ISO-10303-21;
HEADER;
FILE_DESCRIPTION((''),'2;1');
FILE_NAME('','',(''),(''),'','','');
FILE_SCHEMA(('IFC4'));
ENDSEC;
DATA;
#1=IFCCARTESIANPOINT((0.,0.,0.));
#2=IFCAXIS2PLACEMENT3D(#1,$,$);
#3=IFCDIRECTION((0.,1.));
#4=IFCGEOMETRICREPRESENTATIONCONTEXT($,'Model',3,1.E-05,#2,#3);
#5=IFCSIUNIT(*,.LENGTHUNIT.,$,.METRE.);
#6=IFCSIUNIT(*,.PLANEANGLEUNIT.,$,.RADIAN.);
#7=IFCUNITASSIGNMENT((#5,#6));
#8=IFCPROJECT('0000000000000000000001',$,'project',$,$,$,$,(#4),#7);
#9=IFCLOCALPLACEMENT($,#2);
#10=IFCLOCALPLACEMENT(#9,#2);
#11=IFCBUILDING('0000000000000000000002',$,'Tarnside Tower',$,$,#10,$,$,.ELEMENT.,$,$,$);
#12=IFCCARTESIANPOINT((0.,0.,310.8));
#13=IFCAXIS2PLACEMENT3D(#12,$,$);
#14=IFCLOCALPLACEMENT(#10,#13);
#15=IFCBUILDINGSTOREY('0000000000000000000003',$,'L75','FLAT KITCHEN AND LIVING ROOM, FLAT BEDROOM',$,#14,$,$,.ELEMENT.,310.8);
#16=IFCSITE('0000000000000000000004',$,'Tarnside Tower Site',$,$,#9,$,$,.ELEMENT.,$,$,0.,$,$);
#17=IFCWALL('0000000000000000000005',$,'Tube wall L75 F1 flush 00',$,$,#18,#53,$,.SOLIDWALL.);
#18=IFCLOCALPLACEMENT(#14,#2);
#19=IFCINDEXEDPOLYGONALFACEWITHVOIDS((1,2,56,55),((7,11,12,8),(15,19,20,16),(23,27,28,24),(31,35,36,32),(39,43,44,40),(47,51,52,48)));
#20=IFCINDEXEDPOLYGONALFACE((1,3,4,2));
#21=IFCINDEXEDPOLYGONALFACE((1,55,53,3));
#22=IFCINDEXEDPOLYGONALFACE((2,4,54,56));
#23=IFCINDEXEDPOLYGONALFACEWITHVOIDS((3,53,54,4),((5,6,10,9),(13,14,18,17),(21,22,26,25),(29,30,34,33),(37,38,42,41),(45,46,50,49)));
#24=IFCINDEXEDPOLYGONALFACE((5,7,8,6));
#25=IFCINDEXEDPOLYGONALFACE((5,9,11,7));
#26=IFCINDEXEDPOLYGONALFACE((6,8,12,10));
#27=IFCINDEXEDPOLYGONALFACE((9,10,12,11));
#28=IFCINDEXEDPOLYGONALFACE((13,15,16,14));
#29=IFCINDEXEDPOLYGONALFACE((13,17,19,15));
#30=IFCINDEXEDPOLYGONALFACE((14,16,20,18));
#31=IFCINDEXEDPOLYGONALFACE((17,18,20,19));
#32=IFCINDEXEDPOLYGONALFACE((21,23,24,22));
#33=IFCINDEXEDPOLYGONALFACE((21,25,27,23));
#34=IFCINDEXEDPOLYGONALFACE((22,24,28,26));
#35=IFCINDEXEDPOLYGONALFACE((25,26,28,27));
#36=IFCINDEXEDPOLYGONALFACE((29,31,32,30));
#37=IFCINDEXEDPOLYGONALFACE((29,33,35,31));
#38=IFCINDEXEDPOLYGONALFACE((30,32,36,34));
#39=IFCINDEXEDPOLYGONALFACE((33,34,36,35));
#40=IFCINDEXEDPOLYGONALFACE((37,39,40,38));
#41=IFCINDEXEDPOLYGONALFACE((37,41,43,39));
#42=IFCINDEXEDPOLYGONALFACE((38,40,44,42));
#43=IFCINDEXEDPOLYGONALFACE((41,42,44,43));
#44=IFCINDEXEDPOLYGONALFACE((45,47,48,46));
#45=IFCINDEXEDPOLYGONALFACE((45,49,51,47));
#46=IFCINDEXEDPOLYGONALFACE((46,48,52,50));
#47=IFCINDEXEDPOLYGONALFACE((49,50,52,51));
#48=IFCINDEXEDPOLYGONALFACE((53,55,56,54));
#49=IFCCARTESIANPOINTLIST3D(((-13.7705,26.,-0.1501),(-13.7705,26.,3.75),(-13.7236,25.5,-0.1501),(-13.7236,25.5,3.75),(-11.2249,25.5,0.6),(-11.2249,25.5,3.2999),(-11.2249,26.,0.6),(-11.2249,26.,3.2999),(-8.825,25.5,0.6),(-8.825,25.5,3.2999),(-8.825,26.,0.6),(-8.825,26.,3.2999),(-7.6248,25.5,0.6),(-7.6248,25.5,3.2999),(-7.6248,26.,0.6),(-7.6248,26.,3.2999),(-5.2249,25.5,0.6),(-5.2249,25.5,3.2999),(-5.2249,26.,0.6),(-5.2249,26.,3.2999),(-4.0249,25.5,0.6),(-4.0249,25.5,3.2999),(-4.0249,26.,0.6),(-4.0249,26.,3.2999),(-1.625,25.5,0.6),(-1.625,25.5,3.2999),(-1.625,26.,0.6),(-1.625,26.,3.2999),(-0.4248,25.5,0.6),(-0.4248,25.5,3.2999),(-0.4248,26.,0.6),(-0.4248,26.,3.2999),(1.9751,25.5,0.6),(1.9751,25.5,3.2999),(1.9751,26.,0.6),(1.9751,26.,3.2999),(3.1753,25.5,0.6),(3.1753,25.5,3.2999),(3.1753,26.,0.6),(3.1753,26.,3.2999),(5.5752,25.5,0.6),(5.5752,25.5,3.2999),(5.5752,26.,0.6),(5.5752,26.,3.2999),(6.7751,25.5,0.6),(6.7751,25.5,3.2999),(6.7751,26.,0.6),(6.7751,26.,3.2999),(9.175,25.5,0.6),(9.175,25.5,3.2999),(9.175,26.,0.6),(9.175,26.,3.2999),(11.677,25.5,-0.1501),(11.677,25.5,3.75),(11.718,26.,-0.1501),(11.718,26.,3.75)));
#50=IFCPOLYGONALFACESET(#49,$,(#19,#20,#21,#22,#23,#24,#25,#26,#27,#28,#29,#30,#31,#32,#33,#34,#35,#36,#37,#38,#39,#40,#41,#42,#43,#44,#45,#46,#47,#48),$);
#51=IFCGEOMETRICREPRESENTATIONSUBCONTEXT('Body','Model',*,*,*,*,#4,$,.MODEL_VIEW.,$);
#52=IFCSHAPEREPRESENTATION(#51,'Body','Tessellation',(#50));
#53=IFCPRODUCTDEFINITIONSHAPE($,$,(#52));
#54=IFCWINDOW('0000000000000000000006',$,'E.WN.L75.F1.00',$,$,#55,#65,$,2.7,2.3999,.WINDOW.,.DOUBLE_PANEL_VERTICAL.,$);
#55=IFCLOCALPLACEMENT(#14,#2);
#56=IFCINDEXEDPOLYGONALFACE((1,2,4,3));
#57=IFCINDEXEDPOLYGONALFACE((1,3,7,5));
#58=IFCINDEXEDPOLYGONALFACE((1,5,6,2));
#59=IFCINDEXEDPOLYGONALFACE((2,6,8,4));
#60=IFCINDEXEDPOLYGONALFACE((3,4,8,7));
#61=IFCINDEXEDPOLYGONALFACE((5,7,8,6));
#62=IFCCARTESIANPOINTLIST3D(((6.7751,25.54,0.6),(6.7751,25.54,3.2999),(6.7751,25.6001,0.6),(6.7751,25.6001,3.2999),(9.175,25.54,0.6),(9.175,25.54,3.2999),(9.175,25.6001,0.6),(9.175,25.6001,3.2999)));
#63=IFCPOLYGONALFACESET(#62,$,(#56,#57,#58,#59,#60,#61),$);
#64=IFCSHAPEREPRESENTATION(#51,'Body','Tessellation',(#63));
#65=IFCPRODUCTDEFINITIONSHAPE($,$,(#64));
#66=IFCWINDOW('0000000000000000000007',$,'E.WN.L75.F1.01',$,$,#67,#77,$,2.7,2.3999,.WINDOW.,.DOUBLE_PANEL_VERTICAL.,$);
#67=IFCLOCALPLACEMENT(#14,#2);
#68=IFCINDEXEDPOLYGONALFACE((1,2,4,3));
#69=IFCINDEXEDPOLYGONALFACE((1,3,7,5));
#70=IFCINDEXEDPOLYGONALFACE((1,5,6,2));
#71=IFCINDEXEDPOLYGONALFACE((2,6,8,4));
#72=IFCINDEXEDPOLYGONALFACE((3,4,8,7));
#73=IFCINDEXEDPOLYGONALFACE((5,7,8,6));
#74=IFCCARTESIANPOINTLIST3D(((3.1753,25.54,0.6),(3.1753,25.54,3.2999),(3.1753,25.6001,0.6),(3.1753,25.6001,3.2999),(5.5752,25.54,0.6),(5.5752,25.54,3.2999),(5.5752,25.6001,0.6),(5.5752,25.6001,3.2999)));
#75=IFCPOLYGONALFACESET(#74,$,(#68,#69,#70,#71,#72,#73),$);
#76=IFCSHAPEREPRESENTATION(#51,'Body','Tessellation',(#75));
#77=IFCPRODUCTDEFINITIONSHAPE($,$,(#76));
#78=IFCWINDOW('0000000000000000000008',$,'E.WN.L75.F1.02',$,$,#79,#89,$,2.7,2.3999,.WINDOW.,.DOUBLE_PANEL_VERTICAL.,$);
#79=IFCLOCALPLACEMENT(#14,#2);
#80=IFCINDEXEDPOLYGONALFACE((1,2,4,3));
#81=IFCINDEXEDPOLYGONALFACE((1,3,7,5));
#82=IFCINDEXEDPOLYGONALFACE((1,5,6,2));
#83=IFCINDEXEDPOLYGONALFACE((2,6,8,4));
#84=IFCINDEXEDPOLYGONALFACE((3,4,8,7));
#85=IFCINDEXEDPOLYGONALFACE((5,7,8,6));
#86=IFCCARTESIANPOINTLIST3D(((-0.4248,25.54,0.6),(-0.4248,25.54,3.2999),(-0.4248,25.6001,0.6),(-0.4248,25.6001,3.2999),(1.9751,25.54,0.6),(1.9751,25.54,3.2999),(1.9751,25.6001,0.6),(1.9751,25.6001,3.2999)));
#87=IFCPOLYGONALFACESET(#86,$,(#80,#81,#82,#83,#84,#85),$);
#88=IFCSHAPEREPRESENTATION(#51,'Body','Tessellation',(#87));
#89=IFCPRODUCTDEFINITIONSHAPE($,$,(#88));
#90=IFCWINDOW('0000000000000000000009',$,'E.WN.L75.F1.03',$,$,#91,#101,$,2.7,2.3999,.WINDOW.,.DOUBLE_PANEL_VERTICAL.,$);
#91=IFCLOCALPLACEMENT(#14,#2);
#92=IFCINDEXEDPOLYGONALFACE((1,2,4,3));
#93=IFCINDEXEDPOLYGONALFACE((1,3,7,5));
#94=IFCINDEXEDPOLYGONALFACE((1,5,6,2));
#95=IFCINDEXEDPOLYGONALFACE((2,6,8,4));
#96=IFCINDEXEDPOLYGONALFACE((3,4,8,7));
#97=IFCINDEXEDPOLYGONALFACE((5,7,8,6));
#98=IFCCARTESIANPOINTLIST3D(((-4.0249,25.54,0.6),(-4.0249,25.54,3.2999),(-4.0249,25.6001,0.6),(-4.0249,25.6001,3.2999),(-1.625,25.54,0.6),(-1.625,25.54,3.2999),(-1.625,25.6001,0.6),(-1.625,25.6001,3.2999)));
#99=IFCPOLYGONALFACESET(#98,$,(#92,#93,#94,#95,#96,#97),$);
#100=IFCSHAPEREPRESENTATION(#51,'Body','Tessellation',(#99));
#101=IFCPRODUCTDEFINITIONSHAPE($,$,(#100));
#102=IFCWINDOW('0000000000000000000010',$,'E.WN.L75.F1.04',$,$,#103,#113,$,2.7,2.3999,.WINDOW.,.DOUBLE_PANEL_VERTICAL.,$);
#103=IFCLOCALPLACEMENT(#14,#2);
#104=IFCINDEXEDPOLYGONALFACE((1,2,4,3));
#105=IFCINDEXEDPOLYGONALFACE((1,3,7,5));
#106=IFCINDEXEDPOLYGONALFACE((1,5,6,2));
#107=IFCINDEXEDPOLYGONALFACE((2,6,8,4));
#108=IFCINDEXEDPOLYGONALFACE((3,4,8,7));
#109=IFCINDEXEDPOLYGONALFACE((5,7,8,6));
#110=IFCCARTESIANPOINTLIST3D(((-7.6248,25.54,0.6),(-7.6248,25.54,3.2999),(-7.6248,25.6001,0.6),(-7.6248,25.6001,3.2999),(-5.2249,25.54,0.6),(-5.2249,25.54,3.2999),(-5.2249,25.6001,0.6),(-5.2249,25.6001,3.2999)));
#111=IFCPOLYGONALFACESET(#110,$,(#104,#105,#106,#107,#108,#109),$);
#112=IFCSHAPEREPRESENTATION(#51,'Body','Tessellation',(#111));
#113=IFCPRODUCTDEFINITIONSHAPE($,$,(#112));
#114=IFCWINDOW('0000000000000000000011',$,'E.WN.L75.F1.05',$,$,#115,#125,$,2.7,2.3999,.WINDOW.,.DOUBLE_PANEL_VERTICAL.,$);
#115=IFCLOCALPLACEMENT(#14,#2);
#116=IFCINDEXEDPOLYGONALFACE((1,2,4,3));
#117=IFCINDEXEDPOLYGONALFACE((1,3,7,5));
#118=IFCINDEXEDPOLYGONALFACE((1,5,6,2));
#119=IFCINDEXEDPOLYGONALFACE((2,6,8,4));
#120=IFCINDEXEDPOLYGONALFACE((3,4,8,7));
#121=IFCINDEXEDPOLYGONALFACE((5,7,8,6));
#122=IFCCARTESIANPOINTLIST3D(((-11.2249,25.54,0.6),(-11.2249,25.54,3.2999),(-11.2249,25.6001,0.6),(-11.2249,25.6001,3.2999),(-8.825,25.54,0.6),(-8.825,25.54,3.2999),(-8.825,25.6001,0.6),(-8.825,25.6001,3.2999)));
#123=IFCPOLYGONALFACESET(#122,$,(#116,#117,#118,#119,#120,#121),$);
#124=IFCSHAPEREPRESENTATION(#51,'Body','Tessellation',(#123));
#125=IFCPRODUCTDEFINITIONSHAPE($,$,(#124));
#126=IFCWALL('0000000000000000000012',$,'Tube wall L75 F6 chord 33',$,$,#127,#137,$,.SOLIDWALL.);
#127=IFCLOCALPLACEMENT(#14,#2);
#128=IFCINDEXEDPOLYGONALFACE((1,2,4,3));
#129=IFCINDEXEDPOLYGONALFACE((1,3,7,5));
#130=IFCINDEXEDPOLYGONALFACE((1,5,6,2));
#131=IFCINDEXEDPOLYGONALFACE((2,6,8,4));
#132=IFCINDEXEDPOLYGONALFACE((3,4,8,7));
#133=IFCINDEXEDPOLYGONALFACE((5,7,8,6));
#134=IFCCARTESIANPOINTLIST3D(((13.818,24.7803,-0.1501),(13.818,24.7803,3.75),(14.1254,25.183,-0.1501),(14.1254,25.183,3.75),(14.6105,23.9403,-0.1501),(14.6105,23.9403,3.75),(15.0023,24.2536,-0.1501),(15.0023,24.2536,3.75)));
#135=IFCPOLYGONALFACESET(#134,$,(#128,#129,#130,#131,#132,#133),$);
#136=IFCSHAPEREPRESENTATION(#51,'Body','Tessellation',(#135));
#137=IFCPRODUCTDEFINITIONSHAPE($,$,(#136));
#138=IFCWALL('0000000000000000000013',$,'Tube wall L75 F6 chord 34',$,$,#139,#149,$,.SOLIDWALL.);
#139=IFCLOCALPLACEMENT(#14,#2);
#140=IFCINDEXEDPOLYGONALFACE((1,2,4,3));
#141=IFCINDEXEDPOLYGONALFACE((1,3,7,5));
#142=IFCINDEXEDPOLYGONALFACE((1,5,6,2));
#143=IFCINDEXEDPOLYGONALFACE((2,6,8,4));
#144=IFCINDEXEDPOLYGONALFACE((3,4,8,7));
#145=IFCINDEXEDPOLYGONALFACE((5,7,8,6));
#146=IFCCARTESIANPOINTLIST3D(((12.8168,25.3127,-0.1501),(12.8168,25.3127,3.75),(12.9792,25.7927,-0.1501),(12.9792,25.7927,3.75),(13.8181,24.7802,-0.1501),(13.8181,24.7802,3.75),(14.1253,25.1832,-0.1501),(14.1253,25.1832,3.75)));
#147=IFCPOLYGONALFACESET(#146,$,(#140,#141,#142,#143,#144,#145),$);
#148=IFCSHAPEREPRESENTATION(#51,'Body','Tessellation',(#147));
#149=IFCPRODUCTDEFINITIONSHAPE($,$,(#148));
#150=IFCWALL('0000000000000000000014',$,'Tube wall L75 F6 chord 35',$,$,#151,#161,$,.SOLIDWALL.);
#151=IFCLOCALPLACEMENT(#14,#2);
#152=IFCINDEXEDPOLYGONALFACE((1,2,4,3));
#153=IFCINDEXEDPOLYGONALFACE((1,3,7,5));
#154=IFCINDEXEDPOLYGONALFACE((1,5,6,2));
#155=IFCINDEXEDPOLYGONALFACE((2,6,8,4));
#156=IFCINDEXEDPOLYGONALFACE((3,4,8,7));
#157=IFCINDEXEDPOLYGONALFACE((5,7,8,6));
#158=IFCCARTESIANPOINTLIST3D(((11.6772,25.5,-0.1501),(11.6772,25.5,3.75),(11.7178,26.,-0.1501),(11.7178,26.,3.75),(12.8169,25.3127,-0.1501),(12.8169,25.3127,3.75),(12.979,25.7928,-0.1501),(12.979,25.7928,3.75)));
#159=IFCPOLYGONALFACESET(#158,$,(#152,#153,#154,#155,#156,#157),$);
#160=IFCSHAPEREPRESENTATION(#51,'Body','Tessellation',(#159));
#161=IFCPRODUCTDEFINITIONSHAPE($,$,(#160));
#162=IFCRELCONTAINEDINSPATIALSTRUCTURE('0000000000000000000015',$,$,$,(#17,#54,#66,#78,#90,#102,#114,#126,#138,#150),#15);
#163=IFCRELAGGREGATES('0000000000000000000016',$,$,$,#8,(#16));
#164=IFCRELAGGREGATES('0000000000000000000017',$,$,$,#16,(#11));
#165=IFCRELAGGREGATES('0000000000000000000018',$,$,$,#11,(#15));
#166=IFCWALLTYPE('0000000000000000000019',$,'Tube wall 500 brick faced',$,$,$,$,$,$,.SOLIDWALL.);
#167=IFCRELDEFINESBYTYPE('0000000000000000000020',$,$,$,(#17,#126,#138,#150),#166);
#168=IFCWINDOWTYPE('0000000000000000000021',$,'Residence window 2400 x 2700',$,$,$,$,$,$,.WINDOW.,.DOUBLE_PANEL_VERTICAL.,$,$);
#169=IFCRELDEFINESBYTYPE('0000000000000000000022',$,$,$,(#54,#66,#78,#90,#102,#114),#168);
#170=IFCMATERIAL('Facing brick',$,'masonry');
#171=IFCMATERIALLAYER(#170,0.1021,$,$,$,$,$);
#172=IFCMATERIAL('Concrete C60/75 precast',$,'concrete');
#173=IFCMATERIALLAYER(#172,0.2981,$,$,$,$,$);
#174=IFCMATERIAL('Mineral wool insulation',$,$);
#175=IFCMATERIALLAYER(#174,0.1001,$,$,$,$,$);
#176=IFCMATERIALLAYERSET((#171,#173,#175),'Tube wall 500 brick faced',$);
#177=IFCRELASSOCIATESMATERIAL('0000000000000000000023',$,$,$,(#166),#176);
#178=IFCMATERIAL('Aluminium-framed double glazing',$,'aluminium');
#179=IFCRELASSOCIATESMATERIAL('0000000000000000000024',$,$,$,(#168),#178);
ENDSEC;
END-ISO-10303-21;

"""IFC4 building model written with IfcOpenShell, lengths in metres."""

from ifc_helpers import new_model, si_unit, direction, frame, frame_2d, origin, place, context, subcontext, project, spatial, polyline, rectangle, outline, extrude, material, layer, layer_set, type_object, element, fill, save


model = new_model("IFC4")

# Units and contexts
model_context = context("Model", 3, precision=1e-05, world=origin(), true_north=direction((0.0, 1.0)))
body_context = subcontext(model_context, "Body", "Model", "MODEL_VIEW")
ifc_project = project(units=[si_unit("LENGTHUNIT", "METRE"), si_unit("PLANEANGLEUNIT", "RADIAN")], contexts=[model_context])

# Site, building, storey
site_placement = place(None, origin())
site = spatial("IfcSite", under=ifc_project, at=site_placement, Name="Tarnside Tower Site", CompositionType="ELEMENT", RefElevation=0.0)
building_placement = place(site_placement, origin())
building = spatial("IfcBuilding", under=site, at=building_placement, Name="Tarnside Tower", CompositionType="ELEMENT")
storey_placement = place(building_placement, frame((0.0, 0.0, 310.8)))
storey = spatial("IfcBuildingStorey", under=building, at=storey_placement, Name="L75", Description="FLAT KITCHEN AND LIVING ROOM, FLAT BEDROOM", CompositionType="ELEMENT", Elevation=310.8)

# Shared definitions
ifc_material_1 = material(Name="Concrete C60/75 precast", Category="concrete")
ifc_material_2 = material(Name="Mineral wool insulation")

# Wall, openings, windows
ifc_material_3 = material(Name="Facing brick", Category="masonry")
ifc_layer_1 = layer(ifc_material_3, 0.1021)
ifc_layer_2 = layer(ifc_material_1, 0.2981)
ifc_layer_3 = layer(ifc_material_2, 0.1001)
ifc_layer_set_1 = layer_set([ifc_layer_1, ifc_layer_2, ifc_layer_3], Name="Tube wall 500 brick faced")
wall_type_1 = type_object("IfcWallType", Name="Tube wall 500 brick faced", PredefinedType="SOLIDWALL", material=ifc_layer_set_1)
wall_1_placement = place(storey_placement, frame((11.6975, 25.75, -0.1501), z_axis=(0.0, 0.0, 1.0), x_axis=(-1.0, 0.0, 0.0)))
wall_1 = element("IfcWall", 1, at=wall_1_placement, inside=storey, type_object=wall_type_1, Name="Tube wall L75 F1 flush 00", PredefinedType="SOLIDWALL", context=body_context, shape_type="SweptSolid", body=[
    extrude(outline(polyline([(-0.0205, -0.25), (25.468, -0.25), (25.4211, 0.25), (0.0205, 0.25), (-0.0205, -0.25)])), origin(), (0.0, 0.0, 1.0), 3.9001),
])
opening_1_placement = place(wall_1_placement, frame((2.5225, 0.0, 0.75)))
opening_1 = element("IfcOpeningElement", 2, at=opening_1_placement, cuts=wall_1, PredefinedType="OPENING", context=body_context, shape_type="SweptSolid", body=[
    extrude(rectangle(XDim=2.3999, YDim=2.7, at=frame_2d((1.2, 1.3501))), frame((0.0, 0.26, 0.0), z_axis=(0.0, -1.0, 0.0), x_axis=(1.0, 0.0, 0.0)), (0.0, 0.0, 1.0), 0.52),
])
opening_2_placement = place(wall_1_placement, frame((6.1223, 0.0, 0.75)))
opening_2 = element("IfcOpeningElement", 3, at=opening_2_placement, cuts=wall_1, PredefinedType="OPENING", context=body_context, shape_type="SweptSolid", body=[
    extrude(rectangle(XDim=2.3999, YDim=2.7, at=frame_2d((1.2, 1.3501))), frame((0.0, 0.26, 0.0), z_axis=(0.0, -1.0, 0.0), x_axis=(1.0, 0.0, 0.0)), (0.0, 0.0, 1.0), 0.52),
])
opening_3_placement = place(wall_1_placement, frame((9.7224, 0.0, 0.75)))
opening_3 = element("IfcOpeningElement", 4, at=opening_3_placement, cuts=wall_1, PredefinedType="OPENING", context=body_context, shape_type="SweptSolid", body=[
    extrude(rectangle(XDim=2.3999, YDim=2.7, at=frame_2d((1.2, 1.3501))), frame((0.0, 0.26, 0.0), z_axis=(0.0, -1.0, 0.0), x_axis=(1.0, 0.0, 0.0)), (0.0, 0.0, 1.0), 0.52),
])
opening_4_placement = place(wall_1_placement, frame((13.3225, 0.0, 0.75)))
opening_4 = element("IfcOpeningElement", 5, at=opening_4_placement, cuts=wall_1, PredefinedType="OPENING", context=body_context, shape_type="SweptSolid", body=[
    extrude(rectangle(XDim=2.3999, YDim=2.7, at=frame_2d((1.2, 1.3501))), frame((0.0, 0.26, 0.0), z_axis=(0.0, -1.0, 0.0), x_axis=(1.0, 0.0, 0.0)), (0.0, 0.0, 1.0), 0.52),
])
opening_5_placement = place(wall_1_placement, frame((16.9224, 0.0, 0.75)))
opening_5 = element("IfcOpeningElement", 6, at=opening_5_placement, cuts=wall_1, PredefinedType="OPENING", context=body_context, shape_type="SweptSolid", body=[
    extrude(rectangle(XDim=2.3999, YDim=2.7, at=frame_2d((1.2, 1.3501))), frame((0.0, 0.26, 0.0), z_axis=(0.0, -1.0, 0.0), x_axis=(1.0, 0.0, 0.0)), (0.0, 0.0, 1.0), 0.52),
])
opening_6_placement = place(wall_1_placement, frame((20.5225, 0.0, 0.75)))
opening_6 = element("IfcOpeningElement", 7, at=opening_6_placement, cuts=wall_1, PredefinedType="OPENING", context=body_context, shape_type="SweptSolid", body=[
    extrude(rectangle(XDim=2.3999, YDim=2.7, at=frame_2d((1.2, 1.3501))), frame((0.0, 0.26, 0.0), z_axis=(0.0, -1.0, 0.0), x_axis=(1.0, 0.0, 0.0)), (0.0, 0.0, 1.0), 0.52),
])
ifc_material_4 = material(Name="Aluminium-framed double glazing", Category="aluminium")
window_type = type_object("IfcWindowType", Name="Residence window 2400 x 2700", PartitioningType="DOUBLE_PANEL_VERTICAL", PredefinedType="WINDOW", material=ifc_material_4)
window_1_placement = place(opening_1_placement, frame((0.0, 0.1799, 0.0)))
window_1 = element("IfcWindow", 8, at=window_1_placement, inside=storey, type_object=window_type, Name="E.WN.L75.F1.00", OverallHeight=2.7, OverallWidth=2.3999, PartitioningType="DOUBLE_PANEL_VERTICAL", PredefinedType="WINDOW", context=body_context, shape_type="SweptSolid", body=[
    extrude(rectangle(XDim=2.3999, YDim=2.7, at=frame_2d((1.2, 1.3501))), frame((0.0, 0.03, 0.0), z_axis=(0.0, -1.0, 0.0), x_axis=(1.0, 0.0, 0.0)), (0.0, 0.0, 1.0), 0.0601),
])
fill(opening_1, window_1)
window_2_placement = place(opening_2_placement, frame((0.0, 0.1799, 0.0)))
window_2 = element("IfcWindow", 9, at=window_2_placement, inside=storey, type_object=window_type, Name="E.WN.L75.F1.01", OverallHeight=2.7, OverallWidth=2.3999, PartitioningType="DOUBLE_PANEL_VERTICAL", PredefinedType="WINDOW", context=body_context, shape_type="SweptSolid", body=[
    extrude(rectangle(XDim=2.3999, YDim=2.7, at=frame_2d((1.2, 1.3501))), frame((0.0, 0.03, 0.0), z_axis=(0.0, -1.0, 0.0), x_axis=(1.0, 0.0, 0.0)), (0.0, 0.0, 1.0), 0.0601),
])
fill(opening_2, window_2)
window_3_placement = place(opening_3_placement, frame((0.0, 0.1799, 0.0)))
window_3 = element("IfcWindow", 10, at=window_3_placement, inside=storey, type_object=window_type, Name="E.WN.L75.F1.02", OverallHeight=2.7, OverallWidth=2.3999, PartitioningType="DOUBLE_PANEL_VERTICAL", PredefinedType="WINDOW", context=body_context, shape_type="SweptSolid", body=[
    extrude(rectangle(XDim=2.3999, YDim=2.7, at=frame_2d((1.2, 1.3501))), frame((0.0, 0.03, 0.0), z_axis=(0.0, -1.0, 0.0), x_axis=(1.0, 0.0, 0.0)), (0.0, 0.0, 1.0), 0.0601),
])
fill(opening_3, window_3)
window_4_placement = place(opening_4_placement, frame((0.0, 0.1799, 0.0)))
window_4 = element("IfcWindow", 11, at=window_4_placement, inside=storey, type_object=window_type, Name="E.WN.L75.F1.03", OverallHeight=2.7, OverallWidth=2.3999, PartitioningType="DOUBLE_PANEL_VERTICAL", PredefinedType="WINDOW", context=body_context, shape_type="SweptSolid", body=[
    extrude(rectangle(XDim=2.3999, YDim=2.7, at=frame_2d((1.2, 1.3501))), frame((0.0, 0.03, 0.0), z_axis=(0.0, -1.0, 0.0), x_axis=(1.0, 0.0, 0.0)), (0.0, 0.0, 1.0), 0.0601),
])
fill(opening_4, window_4)
window_5_placement = place(opening_5_placement, frame((0.0, 0.1799, 0.0)))
window_5 = element("IfcWindow", 12, at=window_5_placement, inside=storey, type_object=window_type, Name="E.WN.L75.F1.04", OverallHeight=2.7, OverallWidth=2.3999, PartitioningType="DOUBLE_PANEL_VERTICAL", PredefinedType="WINDOW", context=body_context, shape_type="SweptSolid", body=[
    extrude(rectangle(XDim=2.3999, YDim=2.7, at=frame_2d((1.2, 1.3501))), frame((0.0, 0.03, 0.0), z_axis=(0.0, -1.0, 0.0), x_axis=(1.0, 0.0, 0.0)), (0.0, 0.0, 1.0), 0.0601),
])
fill(opening_5, window_5)
window_6_placement = place(opening_6_placement, frame((0.0, 0.1799, 0.0)))
window_6 = element("IfcWindow", 13, at=window_6_placement, inside=storey, type_object=window_type, Name="E.WN.L75.F1.05", OverallHeight=2.7, OverallWidth=2.3999, PartitioningType="DOUBLE_PANEL_VERTICAL", PredefinedType="WINDOW", context=body_context, shape_type="SweptSolid", body=[
    extrude(rectangle(XDim=2.3999, YDim=2.7, at=frame_2d((1.2, 1.3501))), frame((0.0, 0.03, 0.0), z_axis=(0.0, -1.0, 0.0), x_axis=(1.0, 0.0, 0.0)), (0.0, 0.0, 1.0), 0.0601),
])
fill(opening_6, window_6)

# Walls
wall_2_placement = place(storey_placement, frame((14.8064, 24.0969, -0.1501), z_axis=(0.0, 0.0, 1.0), x_axis=(-0.686234, 0.72738, 0.0)))
element("IfcWall", 14, at=wall_2_placement, inside=storey, type_object=wall_type_1, Name="Tube wall L75 F6 chord 33", PredefinedType="SOLIDWALL", context=body_context, shape_type="SweptSolid", body=[
    extrude(outline(polyline([(-0.0205, -0.25), (1.2573, -0.25), (1.1753, 0.25), (0.0205, 0.25), (-0.0205, -0.25)])), origin(), (0.0, 0.0, 1.0), 3.9001),
])
wall_3_placement = place(storey_placement, frame((13.9717, 24.9817, -0.1501), z_axis=(0.0, 0.0, 1.0), x_axis=(-0.882902, 0.469556, 0.0)))
element("IfcWall", 15, at=wall_3_placement, inside=storey, type_object=wall_type_1, Name="Tube wall L75 F6 chord 34", PredefinedType="SOLIDWALL", context=body_context, shape_type="SweptSolid", body=[
    extrude(outline(polyline([(-0.041, -0.25), (1.2571, -0.25), (1.175, 0.25), (0.041, 0.25), (-0.041, -0.25)])), origin(), (0.0, 0.0, 1.0), 3.9001),
])
wall_4_placement = place(storey_placement, frame((12.8979, 25.5527, -0.1501), z_axis=(0.0, 0.0, 1.0), x_axis=(-0.986766, 0.162153, 0.0)))
element("IfcWall", 16, at=wall_4_placement, inside=storey, type_object=wall_type_1, Name="Tube wall L75 F6 chord 35", PredefinedType="SOLIDWALL", context=body_context, shape_type="SweptSolid", body=[
    extrude(outline(polyline([(-0.041, -0.25), (1.2371, -0.25), (1.196, 0.25), (0.041, 0.25), (-0.041, -0.25)])), origin(), (0.0, 0.0, 1.0), 3.9001),
])

save(model, "model.ifc")
